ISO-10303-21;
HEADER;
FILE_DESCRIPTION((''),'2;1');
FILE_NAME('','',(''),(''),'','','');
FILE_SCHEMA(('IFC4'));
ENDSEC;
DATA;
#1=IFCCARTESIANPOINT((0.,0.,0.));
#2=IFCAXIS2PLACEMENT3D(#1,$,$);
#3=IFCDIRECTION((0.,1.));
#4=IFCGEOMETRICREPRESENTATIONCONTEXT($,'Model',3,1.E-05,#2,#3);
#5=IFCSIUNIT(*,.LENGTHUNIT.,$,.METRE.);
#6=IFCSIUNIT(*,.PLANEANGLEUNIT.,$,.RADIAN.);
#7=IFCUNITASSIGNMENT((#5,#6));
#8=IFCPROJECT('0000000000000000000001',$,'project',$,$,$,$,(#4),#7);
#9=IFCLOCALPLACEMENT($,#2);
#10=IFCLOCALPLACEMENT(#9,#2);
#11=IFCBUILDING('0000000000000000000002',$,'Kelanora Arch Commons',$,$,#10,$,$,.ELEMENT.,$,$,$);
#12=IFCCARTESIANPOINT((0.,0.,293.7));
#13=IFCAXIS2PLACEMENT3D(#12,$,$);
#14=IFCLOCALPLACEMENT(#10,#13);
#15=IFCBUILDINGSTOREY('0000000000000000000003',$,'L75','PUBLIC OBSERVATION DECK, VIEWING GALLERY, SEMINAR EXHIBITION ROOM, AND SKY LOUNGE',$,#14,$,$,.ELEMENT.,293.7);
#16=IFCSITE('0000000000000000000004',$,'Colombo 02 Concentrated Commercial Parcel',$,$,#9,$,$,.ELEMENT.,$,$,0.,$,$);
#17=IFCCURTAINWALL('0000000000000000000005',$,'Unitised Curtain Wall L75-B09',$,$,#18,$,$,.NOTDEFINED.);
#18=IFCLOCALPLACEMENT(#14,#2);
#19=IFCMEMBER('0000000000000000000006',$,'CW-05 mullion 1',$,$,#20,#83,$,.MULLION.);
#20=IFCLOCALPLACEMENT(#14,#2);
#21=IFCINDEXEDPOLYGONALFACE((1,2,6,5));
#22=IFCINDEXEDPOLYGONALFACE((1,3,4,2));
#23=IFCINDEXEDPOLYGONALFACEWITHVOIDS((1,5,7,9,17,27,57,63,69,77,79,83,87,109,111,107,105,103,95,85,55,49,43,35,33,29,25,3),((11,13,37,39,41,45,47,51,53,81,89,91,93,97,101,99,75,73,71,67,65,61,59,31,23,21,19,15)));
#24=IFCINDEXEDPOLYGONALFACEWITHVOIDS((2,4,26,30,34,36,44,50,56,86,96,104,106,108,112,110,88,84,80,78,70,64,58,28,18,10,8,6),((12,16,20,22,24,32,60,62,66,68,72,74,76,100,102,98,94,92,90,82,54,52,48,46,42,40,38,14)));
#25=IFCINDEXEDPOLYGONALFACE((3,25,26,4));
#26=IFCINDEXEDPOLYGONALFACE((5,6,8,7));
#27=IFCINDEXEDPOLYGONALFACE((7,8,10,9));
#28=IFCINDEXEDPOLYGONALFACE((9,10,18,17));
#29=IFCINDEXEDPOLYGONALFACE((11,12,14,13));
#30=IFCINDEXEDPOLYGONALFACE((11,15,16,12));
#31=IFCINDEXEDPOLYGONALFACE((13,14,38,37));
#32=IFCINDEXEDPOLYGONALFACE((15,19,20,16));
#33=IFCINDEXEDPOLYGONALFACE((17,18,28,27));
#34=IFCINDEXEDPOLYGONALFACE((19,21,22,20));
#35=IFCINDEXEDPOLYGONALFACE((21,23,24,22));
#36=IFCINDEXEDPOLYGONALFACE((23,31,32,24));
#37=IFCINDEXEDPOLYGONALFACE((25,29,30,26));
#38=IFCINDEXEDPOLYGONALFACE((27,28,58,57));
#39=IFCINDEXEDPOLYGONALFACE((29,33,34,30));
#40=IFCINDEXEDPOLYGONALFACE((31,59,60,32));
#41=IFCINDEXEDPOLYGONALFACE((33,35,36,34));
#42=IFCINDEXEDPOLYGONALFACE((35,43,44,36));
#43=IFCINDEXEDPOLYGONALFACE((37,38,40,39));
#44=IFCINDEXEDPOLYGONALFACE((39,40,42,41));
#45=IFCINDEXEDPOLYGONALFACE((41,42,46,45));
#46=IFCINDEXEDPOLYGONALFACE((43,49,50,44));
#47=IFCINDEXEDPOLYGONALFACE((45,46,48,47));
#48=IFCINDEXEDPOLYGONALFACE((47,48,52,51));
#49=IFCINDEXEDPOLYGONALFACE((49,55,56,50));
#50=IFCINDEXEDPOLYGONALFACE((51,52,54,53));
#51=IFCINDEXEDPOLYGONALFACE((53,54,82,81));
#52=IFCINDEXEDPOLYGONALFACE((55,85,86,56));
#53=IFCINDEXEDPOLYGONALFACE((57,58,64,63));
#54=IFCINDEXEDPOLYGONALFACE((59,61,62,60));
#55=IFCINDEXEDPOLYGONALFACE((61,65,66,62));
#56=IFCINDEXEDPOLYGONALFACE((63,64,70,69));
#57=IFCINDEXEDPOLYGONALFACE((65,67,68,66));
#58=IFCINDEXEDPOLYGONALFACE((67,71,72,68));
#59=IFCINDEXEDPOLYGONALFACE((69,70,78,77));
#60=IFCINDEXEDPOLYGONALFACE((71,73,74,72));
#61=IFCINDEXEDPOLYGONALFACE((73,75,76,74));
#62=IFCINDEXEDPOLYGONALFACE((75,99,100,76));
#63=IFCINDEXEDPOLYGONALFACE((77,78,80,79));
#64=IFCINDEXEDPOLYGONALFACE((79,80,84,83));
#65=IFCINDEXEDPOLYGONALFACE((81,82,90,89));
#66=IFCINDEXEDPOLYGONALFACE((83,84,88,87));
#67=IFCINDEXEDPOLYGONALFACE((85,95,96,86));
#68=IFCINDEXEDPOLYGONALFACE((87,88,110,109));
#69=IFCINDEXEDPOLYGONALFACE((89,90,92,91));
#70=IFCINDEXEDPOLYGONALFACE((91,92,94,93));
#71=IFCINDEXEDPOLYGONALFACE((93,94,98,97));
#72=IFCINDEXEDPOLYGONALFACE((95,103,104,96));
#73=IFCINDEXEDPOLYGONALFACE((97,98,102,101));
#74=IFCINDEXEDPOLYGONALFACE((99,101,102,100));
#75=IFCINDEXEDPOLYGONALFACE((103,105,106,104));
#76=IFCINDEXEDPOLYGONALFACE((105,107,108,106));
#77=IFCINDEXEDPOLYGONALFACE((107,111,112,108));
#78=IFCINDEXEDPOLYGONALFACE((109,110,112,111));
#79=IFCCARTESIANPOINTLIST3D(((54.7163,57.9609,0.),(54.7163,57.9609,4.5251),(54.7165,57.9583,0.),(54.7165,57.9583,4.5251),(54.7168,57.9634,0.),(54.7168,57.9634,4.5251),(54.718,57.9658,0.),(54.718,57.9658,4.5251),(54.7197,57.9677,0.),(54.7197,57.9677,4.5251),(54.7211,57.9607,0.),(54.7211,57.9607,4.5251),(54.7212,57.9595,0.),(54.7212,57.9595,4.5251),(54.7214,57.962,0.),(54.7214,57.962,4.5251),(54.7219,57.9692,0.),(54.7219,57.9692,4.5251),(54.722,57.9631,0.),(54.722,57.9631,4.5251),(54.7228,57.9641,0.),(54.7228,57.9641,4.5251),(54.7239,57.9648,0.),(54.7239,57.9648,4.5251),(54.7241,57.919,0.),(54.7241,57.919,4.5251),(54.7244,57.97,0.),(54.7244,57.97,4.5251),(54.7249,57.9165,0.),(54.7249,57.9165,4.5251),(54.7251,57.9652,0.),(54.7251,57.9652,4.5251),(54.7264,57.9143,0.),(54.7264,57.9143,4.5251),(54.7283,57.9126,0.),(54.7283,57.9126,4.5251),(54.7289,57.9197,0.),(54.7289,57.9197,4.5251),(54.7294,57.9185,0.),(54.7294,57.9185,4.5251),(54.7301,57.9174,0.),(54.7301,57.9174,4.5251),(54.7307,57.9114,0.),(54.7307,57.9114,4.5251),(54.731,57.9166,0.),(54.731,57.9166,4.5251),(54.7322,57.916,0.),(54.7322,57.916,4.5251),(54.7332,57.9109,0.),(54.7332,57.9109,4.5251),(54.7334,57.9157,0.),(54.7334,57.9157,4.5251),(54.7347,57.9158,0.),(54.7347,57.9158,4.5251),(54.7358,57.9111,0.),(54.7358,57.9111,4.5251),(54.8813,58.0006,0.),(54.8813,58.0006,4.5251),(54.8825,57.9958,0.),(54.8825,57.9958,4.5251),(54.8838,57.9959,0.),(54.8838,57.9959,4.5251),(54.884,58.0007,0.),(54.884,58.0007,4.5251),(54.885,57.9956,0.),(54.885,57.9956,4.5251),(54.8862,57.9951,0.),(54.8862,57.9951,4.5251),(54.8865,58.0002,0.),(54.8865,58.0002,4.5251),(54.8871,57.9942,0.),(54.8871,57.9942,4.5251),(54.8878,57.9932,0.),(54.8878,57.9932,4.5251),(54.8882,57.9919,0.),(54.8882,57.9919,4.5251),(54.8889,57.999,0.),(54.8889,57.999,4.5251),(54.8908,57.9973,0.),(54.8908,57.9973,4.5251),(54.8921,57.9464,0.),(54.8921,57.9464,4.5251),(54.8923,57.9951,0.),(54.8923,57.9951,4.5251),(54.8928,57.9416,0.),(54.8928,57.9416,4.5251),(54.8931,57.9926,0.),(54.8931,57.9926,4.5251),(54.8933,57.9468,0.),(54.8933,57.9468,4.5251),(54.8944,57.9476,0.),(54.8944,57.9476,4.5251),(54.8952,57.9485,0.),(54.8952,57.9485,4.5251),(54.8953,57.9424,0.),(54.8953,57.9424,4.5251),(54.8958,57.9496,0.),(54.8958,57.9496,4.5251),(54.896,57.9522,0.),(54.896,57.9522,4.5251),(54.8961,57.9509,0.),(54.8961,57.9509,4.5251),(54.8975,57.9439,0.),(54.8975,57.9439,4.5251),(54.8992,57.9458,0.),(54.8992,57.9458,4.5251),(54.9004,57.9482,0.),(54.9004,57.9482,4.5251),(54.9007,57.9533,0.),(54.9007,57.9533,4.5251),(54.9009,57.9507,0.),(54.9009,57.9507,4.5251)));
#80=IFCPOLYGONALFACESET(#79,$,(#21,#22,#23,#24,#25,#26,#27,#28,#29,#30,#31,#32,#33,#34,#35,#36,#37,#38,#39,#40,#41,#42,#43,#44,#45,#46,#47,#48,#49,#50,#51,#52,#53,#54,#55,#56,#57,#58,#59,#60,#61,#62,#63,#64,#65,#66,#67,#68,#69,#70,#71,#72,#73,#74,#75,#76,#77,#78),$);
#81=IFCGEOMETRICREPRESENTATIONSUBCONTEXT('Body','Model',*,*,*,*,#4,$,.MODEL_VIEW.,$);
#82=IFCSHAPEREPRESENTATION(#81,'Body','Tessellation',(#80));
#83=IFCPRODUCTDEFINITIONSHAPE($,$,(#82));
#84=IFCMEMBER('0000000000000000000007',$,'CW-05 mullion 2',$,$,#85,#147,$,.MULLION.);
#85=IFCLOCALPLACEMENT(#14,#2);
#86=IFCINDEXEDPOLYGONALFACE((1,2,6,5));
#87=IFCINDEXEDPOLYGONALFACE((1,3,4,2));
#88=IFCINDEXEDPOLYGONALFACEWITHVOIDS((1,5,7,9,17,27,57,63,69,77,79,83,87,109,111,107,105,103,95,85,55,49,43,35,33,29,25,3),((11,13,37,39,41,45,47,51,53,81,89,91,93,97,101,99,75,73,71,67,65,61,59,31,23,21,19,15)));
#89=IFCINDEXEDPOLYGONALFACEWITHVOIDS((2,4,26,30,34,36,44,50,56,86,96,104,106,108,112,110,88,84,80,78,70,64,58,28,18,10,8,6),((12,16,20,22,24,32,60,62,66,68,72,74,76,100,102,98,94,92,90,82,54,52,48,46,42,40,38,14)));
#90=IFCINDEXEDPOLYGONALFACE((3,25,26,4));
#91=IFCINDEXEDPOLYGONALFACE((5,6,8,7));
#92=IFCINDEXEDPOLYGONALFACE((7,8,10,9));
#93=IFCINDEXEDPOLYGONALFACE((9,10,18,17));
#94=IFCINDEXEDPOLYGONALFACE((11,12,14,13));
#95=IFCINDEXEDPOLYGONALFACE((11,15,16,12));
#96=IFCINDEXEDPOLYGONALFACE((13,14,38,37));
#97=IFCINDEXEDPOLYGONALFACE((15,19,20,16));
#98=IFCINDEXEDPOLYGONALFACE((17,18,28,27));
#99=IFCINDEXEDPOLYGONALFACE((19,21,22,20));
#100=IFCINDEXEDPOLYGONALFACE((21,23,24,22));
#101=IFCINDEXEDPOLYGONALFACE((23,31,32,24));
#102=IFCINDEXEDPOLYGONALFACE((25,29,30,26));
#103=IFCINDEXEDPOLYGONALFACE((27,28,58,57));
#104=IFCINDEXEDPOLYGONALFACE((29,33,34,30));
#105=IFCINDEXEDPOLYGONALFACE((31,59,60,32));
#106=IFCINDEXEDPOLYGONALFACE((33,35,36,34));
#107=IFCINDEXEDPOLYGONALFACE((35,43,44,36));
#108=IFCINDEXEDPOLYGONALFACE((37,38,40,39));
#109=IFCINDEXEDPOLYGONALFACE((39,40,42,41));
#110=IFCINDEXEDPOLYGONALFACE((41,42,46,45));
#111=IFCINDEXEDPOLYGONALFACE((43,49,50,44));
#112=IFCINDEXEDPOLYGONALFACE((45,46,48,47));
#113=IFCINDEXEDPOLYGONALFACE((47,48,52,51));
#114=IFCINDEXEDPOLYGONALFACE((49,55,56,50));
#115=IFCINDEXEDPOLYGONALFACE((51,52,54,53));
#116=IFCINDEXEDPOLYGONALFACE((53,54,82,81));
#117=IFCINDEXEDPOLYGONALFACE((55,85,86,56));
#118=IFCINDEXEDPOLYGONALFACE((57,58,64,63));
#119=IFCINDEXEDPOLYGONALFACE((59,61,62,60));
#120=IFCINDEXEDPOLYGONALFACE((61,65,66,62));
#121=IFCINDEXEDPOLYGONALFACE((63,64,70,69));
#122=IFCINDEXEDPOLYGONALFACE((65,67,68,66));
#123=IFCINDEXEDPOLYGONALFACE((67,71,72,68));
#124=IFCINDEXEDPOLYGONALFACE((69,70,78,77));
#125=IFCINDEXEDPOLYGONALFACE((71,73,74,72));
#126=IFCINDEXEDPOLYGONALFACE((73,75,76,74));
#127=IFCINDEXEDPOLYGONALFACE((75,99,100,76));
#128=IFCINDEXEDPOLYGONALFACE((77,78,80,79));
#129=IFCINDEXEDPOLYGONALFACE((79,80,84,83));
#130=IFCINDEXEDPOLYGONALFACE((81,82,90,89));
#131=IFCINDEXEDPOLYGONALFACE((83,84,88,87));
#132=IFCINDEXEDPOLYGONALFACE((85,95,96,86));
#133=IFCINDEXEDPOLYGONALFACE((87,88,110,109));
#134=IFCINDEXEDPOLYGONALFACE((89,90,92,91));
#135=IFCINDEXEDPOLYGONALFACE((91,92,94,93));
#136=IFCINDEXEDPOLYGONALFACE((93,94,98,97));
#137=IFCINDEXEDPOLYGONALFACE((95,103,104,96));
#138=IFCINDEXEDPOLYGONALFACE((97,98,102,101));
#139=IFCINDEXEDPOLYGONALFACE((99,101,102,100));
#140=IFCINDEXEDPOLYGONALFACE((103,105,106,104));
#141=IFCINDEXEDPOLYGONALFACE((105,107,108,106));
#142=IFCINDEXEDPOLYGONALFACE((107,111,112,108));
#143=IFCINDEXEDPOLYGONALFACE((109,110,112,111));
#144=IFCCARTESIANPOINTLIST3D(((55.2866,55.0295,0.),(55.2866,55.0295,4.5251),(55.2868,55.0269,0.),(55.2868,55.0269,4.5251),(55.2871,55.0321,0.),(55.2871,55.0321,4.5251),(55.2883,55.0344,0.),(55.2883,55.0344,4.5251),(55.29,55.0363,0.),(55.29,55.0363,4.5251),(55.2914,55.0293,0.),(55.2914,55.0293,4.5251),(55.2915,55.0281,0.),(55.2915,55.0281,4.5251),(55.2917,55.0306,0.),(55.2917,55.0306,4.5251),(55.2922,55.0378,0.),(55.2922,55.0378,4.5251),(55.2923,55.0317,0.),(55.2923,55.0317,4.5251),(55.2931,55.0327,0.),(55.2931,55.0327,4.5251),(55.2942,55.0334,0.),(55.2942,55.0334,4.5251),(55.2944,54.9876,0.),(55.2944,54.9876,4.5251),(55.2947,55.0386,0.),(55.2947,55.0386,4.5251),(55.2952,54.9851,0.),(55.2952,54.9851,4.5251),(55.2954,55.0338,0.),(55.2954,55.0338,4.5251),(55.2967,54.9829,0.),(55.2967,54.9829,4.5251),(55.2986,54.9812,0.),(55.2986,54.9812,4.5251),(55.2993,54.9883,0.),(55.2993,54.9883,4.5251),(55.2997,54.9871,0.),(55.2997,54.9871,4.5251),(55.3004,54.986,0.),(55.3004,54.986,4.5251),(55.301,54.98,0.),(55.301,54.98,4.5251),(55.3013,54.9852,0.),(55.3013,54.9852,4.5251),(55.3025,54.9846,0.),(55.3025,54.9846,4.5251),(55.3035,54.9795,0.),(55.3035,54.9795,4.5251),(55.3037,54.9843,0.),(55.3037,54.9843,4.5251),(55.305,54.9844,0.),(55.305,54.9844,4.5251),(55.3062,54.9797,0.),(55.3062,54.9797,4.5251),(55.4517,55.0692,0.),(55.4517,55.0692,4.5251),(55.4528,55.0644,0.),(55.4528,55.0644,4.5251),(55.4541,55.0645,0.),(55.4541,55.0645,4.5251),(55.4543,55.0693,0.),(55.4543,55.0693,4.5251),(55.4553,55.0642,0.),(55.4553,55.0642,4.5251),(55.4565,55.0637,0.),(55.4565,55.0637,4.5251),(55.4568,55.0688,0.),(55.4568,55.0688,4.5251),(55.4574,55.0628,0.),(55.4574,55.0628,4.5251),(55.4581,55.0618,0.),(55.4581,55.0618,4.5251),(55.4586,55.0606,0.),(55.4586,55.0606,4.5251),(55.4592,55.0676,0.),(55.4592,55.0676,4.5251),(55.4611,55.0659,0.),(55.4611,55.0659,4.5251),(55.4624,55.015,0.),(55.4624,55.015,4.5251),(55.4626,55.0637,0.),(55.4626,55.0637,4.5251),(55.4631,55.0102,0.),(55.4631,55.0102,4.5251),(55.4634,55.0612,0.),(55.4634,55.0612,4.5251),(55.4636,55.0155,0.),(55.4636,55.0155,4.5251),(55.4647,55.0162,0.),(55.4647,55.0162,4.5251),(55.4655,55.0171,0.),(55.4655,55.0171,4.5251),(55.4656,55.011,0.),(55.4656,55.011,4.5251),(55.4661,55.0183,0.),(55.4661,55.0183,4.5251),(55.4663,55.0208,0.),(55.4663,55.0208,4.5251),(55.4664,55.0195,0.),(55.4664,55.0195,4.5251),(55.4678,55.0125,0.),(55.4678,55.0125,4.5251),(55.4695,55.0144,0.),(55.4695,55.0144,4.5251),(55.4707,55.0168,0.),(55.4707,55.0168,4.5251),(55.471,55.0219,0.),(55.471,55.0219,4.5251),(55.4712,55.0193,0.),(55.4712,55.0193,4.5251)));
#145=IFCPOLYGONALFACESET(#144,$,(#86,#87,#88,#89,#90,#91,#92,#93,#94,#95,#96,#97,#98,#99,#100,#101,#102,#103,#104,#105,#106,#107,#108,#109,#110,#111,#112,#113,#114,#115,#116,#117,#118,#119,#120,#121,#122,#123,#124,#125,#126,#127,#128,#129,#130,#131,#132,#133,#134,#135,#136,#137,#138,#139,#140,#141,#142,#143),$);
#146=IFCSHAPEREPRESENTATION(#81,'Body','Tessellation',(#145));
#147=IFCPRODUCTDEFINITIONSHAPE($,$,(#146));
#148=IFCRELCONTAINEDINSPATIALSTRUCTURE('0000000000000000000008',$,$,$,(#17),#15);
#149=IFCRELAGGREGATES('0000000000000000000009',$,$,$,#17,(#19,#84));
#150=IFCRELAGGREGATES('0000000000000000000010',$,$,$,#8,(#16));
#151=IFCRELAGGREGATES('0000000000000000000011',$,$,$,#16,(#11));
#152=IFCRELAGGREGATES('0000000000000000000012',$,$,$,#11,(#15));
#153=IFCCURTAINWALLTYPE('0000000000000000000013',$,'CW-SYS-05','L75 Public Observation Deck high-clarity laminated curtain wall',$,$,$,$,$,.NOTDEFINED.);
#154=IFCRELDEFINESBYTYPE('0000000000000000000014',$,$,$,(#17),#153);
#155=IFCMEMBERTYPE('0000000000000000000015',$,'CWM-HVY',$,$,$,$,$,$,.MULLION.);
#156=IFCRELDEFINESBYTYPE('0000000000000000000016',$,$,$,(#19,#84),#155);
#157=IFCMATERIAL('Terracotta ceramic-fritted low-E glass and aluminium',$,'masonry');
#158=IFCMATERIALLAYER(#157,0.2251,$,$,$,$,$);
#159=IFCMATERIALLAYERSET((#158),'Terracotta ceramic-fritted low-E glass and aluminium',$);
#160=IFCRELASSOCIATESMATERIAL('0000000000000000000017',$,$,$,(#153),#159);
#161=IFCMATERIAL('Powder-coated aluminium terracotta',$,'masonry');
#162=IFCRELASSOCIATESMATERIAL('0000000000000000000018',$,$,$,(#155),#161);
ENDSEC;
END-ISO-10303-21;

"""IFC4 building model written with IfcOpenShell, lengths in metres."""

from ifc_helpers import new_model, si_unit, direction, frame, origin, origin_2d, place, context, subcontext, project, spatial, hollow_rectangle, extrude, material, layer, layer_set, material_profile, profile_set, type_object, element, aggregate, save


model = new_model("IFC4")

# Units and contexts
model_context = context("Model", 3, precision=1e-05, world=origin(), true_north=direction((0.0, 1.0)))
body_context = subcontext(model_context, "Body", "Model", "MODEL_VIEW")
ifc_project = project(units=[si_unit("LENGTHUNIT", "METRE"), si_unit("PLANEANGLEUNIT", "RADIAN")], contexts=[model_context])

# Site, building, storey
site_placement = place(None, origin())
site = spatial("IfcSite", under=ifc_project, at=site_placement, Name="Colombo 02 Concentrated Commercial Parcel", CompositionType="ELEMENT", RefElevation=0.0)
building_placement = place(site_placement, origin())
building = spatial("IfcBuilding", under=site, at=building_placement, Name="Kelanora Arch Commons", CompositionType="ELEMENT")
storey_placement = place(building_placement, frame((0.0, 0.0, 293.7)))
storey = spatial("IfcBuildingStorey", under=building, at=storey_placement, Name="L75", Description="PUBLIC OBSERVATION DECK, VIEWING GALLERY, SEMINAR EXHIBITION ROOM, AND SKY LOUNGE", CompositionType="ELEMENT", Elevation=293.7)

# Shared definitions
ifc_material_1 = material(Name="Terracotta ceramic-fritted low-E glass and aluminium", Category="masonry")
ifc_layer_1 = layer(ifc_material_1, 0.2251)
ifc_layer_set_1 = layer_set([ifc_layer_1], Name="Terracotta ceramic-fritted low-E glass and aluminium")
curtain_wall_type = type_object("IfcCurtainWallType", Name="CW-SYS-05", Description="L75 Public Observation Deck high-clarity laminated curtain wall", PredefinedType="NOTDEFINED", material=ifc_layer_set_1)
ifc_material_2 = material(Name="Powder-coated aluminium terracotta", Category="masonry")
ifc_material_profile_1 = material_profile(ifc_material_2, hollow_rectangle(XDim=0.1799, YDim=0.0601, WallThickness=0.0049, InnerFilletRadius=0.0049, OuterFilletRadius=0.01, at=origin_2d()), Name="CWM180x60")
ifc_profile_set_1 = profile_set([ifc_material_profile_1], Name="Powder-coated aluminium terracotta")
member_type_1 = type_object("IfcMemberType", Name="CWM-HVY", PredefinedType="MULLION", material=ifc_profile_set_1)

# Curtain wall, members
curtain_wall_1_placement = place(storey_placement, origin())
curtain_wall_1 = element("IfcCurtainWall", 1, at=curtain_wall_1_placement, inside=storey, type_object=curtain_wall_type, Name="Unitised Curtain Wall L75-B09", PredefinedType="NOTDEFINED")
member_1_placement = place(storey_placement, frame((54.8086, 57.9558, 0.0), z_axis=(0.0, 0.0, 1.0), x_axis=(0.981596, 0.190972, 0.0)))
member_1 = element("IfcMember", 2, at=member_1_placement, type_object=member_type_1, Name="CW-05 mullion 1", PredefinedType="MULLION", context=body_context, shape_type="SweptSolid", body=[
    extrude(hollow_rectangle(XDim=0.1799, YDim=0.0601, WallThickness=0.0049, InnerFilletRadius=0.0049, OuterFilletRadius=0.01, at=origin_2d()), origin(), (0.0, 0.0, 1.0), 4.5251),
])
member_2_placement = place(storey_placement, frame((55.3789, 55.0244, 0.0), z_axis=(0.0, 0.0, 1.0), x_axis=(0.981596, 0.190972, 0.0)))
member_2 = element("IfcMember", 3, at=member_2_placement, type_object=member_type_1, Name="CW-05 mullion 2", PredefinedType="MULLION", context=body_context, shape_type="SweptSolid", body=[
    extrude(hollow_rectangle(XDim=0.1799, YDim=0.0601, WallThickness=0.0049, InnerFilletRadius=0.0049, OuterFilletRadius=0.01, at=origin_2d()), origin(), (0.0, 0.0, 1.0), 4.5251),
])

aggregate(curtain_wall_1, [member_1, member_2])

save(model, "model.ifc")
